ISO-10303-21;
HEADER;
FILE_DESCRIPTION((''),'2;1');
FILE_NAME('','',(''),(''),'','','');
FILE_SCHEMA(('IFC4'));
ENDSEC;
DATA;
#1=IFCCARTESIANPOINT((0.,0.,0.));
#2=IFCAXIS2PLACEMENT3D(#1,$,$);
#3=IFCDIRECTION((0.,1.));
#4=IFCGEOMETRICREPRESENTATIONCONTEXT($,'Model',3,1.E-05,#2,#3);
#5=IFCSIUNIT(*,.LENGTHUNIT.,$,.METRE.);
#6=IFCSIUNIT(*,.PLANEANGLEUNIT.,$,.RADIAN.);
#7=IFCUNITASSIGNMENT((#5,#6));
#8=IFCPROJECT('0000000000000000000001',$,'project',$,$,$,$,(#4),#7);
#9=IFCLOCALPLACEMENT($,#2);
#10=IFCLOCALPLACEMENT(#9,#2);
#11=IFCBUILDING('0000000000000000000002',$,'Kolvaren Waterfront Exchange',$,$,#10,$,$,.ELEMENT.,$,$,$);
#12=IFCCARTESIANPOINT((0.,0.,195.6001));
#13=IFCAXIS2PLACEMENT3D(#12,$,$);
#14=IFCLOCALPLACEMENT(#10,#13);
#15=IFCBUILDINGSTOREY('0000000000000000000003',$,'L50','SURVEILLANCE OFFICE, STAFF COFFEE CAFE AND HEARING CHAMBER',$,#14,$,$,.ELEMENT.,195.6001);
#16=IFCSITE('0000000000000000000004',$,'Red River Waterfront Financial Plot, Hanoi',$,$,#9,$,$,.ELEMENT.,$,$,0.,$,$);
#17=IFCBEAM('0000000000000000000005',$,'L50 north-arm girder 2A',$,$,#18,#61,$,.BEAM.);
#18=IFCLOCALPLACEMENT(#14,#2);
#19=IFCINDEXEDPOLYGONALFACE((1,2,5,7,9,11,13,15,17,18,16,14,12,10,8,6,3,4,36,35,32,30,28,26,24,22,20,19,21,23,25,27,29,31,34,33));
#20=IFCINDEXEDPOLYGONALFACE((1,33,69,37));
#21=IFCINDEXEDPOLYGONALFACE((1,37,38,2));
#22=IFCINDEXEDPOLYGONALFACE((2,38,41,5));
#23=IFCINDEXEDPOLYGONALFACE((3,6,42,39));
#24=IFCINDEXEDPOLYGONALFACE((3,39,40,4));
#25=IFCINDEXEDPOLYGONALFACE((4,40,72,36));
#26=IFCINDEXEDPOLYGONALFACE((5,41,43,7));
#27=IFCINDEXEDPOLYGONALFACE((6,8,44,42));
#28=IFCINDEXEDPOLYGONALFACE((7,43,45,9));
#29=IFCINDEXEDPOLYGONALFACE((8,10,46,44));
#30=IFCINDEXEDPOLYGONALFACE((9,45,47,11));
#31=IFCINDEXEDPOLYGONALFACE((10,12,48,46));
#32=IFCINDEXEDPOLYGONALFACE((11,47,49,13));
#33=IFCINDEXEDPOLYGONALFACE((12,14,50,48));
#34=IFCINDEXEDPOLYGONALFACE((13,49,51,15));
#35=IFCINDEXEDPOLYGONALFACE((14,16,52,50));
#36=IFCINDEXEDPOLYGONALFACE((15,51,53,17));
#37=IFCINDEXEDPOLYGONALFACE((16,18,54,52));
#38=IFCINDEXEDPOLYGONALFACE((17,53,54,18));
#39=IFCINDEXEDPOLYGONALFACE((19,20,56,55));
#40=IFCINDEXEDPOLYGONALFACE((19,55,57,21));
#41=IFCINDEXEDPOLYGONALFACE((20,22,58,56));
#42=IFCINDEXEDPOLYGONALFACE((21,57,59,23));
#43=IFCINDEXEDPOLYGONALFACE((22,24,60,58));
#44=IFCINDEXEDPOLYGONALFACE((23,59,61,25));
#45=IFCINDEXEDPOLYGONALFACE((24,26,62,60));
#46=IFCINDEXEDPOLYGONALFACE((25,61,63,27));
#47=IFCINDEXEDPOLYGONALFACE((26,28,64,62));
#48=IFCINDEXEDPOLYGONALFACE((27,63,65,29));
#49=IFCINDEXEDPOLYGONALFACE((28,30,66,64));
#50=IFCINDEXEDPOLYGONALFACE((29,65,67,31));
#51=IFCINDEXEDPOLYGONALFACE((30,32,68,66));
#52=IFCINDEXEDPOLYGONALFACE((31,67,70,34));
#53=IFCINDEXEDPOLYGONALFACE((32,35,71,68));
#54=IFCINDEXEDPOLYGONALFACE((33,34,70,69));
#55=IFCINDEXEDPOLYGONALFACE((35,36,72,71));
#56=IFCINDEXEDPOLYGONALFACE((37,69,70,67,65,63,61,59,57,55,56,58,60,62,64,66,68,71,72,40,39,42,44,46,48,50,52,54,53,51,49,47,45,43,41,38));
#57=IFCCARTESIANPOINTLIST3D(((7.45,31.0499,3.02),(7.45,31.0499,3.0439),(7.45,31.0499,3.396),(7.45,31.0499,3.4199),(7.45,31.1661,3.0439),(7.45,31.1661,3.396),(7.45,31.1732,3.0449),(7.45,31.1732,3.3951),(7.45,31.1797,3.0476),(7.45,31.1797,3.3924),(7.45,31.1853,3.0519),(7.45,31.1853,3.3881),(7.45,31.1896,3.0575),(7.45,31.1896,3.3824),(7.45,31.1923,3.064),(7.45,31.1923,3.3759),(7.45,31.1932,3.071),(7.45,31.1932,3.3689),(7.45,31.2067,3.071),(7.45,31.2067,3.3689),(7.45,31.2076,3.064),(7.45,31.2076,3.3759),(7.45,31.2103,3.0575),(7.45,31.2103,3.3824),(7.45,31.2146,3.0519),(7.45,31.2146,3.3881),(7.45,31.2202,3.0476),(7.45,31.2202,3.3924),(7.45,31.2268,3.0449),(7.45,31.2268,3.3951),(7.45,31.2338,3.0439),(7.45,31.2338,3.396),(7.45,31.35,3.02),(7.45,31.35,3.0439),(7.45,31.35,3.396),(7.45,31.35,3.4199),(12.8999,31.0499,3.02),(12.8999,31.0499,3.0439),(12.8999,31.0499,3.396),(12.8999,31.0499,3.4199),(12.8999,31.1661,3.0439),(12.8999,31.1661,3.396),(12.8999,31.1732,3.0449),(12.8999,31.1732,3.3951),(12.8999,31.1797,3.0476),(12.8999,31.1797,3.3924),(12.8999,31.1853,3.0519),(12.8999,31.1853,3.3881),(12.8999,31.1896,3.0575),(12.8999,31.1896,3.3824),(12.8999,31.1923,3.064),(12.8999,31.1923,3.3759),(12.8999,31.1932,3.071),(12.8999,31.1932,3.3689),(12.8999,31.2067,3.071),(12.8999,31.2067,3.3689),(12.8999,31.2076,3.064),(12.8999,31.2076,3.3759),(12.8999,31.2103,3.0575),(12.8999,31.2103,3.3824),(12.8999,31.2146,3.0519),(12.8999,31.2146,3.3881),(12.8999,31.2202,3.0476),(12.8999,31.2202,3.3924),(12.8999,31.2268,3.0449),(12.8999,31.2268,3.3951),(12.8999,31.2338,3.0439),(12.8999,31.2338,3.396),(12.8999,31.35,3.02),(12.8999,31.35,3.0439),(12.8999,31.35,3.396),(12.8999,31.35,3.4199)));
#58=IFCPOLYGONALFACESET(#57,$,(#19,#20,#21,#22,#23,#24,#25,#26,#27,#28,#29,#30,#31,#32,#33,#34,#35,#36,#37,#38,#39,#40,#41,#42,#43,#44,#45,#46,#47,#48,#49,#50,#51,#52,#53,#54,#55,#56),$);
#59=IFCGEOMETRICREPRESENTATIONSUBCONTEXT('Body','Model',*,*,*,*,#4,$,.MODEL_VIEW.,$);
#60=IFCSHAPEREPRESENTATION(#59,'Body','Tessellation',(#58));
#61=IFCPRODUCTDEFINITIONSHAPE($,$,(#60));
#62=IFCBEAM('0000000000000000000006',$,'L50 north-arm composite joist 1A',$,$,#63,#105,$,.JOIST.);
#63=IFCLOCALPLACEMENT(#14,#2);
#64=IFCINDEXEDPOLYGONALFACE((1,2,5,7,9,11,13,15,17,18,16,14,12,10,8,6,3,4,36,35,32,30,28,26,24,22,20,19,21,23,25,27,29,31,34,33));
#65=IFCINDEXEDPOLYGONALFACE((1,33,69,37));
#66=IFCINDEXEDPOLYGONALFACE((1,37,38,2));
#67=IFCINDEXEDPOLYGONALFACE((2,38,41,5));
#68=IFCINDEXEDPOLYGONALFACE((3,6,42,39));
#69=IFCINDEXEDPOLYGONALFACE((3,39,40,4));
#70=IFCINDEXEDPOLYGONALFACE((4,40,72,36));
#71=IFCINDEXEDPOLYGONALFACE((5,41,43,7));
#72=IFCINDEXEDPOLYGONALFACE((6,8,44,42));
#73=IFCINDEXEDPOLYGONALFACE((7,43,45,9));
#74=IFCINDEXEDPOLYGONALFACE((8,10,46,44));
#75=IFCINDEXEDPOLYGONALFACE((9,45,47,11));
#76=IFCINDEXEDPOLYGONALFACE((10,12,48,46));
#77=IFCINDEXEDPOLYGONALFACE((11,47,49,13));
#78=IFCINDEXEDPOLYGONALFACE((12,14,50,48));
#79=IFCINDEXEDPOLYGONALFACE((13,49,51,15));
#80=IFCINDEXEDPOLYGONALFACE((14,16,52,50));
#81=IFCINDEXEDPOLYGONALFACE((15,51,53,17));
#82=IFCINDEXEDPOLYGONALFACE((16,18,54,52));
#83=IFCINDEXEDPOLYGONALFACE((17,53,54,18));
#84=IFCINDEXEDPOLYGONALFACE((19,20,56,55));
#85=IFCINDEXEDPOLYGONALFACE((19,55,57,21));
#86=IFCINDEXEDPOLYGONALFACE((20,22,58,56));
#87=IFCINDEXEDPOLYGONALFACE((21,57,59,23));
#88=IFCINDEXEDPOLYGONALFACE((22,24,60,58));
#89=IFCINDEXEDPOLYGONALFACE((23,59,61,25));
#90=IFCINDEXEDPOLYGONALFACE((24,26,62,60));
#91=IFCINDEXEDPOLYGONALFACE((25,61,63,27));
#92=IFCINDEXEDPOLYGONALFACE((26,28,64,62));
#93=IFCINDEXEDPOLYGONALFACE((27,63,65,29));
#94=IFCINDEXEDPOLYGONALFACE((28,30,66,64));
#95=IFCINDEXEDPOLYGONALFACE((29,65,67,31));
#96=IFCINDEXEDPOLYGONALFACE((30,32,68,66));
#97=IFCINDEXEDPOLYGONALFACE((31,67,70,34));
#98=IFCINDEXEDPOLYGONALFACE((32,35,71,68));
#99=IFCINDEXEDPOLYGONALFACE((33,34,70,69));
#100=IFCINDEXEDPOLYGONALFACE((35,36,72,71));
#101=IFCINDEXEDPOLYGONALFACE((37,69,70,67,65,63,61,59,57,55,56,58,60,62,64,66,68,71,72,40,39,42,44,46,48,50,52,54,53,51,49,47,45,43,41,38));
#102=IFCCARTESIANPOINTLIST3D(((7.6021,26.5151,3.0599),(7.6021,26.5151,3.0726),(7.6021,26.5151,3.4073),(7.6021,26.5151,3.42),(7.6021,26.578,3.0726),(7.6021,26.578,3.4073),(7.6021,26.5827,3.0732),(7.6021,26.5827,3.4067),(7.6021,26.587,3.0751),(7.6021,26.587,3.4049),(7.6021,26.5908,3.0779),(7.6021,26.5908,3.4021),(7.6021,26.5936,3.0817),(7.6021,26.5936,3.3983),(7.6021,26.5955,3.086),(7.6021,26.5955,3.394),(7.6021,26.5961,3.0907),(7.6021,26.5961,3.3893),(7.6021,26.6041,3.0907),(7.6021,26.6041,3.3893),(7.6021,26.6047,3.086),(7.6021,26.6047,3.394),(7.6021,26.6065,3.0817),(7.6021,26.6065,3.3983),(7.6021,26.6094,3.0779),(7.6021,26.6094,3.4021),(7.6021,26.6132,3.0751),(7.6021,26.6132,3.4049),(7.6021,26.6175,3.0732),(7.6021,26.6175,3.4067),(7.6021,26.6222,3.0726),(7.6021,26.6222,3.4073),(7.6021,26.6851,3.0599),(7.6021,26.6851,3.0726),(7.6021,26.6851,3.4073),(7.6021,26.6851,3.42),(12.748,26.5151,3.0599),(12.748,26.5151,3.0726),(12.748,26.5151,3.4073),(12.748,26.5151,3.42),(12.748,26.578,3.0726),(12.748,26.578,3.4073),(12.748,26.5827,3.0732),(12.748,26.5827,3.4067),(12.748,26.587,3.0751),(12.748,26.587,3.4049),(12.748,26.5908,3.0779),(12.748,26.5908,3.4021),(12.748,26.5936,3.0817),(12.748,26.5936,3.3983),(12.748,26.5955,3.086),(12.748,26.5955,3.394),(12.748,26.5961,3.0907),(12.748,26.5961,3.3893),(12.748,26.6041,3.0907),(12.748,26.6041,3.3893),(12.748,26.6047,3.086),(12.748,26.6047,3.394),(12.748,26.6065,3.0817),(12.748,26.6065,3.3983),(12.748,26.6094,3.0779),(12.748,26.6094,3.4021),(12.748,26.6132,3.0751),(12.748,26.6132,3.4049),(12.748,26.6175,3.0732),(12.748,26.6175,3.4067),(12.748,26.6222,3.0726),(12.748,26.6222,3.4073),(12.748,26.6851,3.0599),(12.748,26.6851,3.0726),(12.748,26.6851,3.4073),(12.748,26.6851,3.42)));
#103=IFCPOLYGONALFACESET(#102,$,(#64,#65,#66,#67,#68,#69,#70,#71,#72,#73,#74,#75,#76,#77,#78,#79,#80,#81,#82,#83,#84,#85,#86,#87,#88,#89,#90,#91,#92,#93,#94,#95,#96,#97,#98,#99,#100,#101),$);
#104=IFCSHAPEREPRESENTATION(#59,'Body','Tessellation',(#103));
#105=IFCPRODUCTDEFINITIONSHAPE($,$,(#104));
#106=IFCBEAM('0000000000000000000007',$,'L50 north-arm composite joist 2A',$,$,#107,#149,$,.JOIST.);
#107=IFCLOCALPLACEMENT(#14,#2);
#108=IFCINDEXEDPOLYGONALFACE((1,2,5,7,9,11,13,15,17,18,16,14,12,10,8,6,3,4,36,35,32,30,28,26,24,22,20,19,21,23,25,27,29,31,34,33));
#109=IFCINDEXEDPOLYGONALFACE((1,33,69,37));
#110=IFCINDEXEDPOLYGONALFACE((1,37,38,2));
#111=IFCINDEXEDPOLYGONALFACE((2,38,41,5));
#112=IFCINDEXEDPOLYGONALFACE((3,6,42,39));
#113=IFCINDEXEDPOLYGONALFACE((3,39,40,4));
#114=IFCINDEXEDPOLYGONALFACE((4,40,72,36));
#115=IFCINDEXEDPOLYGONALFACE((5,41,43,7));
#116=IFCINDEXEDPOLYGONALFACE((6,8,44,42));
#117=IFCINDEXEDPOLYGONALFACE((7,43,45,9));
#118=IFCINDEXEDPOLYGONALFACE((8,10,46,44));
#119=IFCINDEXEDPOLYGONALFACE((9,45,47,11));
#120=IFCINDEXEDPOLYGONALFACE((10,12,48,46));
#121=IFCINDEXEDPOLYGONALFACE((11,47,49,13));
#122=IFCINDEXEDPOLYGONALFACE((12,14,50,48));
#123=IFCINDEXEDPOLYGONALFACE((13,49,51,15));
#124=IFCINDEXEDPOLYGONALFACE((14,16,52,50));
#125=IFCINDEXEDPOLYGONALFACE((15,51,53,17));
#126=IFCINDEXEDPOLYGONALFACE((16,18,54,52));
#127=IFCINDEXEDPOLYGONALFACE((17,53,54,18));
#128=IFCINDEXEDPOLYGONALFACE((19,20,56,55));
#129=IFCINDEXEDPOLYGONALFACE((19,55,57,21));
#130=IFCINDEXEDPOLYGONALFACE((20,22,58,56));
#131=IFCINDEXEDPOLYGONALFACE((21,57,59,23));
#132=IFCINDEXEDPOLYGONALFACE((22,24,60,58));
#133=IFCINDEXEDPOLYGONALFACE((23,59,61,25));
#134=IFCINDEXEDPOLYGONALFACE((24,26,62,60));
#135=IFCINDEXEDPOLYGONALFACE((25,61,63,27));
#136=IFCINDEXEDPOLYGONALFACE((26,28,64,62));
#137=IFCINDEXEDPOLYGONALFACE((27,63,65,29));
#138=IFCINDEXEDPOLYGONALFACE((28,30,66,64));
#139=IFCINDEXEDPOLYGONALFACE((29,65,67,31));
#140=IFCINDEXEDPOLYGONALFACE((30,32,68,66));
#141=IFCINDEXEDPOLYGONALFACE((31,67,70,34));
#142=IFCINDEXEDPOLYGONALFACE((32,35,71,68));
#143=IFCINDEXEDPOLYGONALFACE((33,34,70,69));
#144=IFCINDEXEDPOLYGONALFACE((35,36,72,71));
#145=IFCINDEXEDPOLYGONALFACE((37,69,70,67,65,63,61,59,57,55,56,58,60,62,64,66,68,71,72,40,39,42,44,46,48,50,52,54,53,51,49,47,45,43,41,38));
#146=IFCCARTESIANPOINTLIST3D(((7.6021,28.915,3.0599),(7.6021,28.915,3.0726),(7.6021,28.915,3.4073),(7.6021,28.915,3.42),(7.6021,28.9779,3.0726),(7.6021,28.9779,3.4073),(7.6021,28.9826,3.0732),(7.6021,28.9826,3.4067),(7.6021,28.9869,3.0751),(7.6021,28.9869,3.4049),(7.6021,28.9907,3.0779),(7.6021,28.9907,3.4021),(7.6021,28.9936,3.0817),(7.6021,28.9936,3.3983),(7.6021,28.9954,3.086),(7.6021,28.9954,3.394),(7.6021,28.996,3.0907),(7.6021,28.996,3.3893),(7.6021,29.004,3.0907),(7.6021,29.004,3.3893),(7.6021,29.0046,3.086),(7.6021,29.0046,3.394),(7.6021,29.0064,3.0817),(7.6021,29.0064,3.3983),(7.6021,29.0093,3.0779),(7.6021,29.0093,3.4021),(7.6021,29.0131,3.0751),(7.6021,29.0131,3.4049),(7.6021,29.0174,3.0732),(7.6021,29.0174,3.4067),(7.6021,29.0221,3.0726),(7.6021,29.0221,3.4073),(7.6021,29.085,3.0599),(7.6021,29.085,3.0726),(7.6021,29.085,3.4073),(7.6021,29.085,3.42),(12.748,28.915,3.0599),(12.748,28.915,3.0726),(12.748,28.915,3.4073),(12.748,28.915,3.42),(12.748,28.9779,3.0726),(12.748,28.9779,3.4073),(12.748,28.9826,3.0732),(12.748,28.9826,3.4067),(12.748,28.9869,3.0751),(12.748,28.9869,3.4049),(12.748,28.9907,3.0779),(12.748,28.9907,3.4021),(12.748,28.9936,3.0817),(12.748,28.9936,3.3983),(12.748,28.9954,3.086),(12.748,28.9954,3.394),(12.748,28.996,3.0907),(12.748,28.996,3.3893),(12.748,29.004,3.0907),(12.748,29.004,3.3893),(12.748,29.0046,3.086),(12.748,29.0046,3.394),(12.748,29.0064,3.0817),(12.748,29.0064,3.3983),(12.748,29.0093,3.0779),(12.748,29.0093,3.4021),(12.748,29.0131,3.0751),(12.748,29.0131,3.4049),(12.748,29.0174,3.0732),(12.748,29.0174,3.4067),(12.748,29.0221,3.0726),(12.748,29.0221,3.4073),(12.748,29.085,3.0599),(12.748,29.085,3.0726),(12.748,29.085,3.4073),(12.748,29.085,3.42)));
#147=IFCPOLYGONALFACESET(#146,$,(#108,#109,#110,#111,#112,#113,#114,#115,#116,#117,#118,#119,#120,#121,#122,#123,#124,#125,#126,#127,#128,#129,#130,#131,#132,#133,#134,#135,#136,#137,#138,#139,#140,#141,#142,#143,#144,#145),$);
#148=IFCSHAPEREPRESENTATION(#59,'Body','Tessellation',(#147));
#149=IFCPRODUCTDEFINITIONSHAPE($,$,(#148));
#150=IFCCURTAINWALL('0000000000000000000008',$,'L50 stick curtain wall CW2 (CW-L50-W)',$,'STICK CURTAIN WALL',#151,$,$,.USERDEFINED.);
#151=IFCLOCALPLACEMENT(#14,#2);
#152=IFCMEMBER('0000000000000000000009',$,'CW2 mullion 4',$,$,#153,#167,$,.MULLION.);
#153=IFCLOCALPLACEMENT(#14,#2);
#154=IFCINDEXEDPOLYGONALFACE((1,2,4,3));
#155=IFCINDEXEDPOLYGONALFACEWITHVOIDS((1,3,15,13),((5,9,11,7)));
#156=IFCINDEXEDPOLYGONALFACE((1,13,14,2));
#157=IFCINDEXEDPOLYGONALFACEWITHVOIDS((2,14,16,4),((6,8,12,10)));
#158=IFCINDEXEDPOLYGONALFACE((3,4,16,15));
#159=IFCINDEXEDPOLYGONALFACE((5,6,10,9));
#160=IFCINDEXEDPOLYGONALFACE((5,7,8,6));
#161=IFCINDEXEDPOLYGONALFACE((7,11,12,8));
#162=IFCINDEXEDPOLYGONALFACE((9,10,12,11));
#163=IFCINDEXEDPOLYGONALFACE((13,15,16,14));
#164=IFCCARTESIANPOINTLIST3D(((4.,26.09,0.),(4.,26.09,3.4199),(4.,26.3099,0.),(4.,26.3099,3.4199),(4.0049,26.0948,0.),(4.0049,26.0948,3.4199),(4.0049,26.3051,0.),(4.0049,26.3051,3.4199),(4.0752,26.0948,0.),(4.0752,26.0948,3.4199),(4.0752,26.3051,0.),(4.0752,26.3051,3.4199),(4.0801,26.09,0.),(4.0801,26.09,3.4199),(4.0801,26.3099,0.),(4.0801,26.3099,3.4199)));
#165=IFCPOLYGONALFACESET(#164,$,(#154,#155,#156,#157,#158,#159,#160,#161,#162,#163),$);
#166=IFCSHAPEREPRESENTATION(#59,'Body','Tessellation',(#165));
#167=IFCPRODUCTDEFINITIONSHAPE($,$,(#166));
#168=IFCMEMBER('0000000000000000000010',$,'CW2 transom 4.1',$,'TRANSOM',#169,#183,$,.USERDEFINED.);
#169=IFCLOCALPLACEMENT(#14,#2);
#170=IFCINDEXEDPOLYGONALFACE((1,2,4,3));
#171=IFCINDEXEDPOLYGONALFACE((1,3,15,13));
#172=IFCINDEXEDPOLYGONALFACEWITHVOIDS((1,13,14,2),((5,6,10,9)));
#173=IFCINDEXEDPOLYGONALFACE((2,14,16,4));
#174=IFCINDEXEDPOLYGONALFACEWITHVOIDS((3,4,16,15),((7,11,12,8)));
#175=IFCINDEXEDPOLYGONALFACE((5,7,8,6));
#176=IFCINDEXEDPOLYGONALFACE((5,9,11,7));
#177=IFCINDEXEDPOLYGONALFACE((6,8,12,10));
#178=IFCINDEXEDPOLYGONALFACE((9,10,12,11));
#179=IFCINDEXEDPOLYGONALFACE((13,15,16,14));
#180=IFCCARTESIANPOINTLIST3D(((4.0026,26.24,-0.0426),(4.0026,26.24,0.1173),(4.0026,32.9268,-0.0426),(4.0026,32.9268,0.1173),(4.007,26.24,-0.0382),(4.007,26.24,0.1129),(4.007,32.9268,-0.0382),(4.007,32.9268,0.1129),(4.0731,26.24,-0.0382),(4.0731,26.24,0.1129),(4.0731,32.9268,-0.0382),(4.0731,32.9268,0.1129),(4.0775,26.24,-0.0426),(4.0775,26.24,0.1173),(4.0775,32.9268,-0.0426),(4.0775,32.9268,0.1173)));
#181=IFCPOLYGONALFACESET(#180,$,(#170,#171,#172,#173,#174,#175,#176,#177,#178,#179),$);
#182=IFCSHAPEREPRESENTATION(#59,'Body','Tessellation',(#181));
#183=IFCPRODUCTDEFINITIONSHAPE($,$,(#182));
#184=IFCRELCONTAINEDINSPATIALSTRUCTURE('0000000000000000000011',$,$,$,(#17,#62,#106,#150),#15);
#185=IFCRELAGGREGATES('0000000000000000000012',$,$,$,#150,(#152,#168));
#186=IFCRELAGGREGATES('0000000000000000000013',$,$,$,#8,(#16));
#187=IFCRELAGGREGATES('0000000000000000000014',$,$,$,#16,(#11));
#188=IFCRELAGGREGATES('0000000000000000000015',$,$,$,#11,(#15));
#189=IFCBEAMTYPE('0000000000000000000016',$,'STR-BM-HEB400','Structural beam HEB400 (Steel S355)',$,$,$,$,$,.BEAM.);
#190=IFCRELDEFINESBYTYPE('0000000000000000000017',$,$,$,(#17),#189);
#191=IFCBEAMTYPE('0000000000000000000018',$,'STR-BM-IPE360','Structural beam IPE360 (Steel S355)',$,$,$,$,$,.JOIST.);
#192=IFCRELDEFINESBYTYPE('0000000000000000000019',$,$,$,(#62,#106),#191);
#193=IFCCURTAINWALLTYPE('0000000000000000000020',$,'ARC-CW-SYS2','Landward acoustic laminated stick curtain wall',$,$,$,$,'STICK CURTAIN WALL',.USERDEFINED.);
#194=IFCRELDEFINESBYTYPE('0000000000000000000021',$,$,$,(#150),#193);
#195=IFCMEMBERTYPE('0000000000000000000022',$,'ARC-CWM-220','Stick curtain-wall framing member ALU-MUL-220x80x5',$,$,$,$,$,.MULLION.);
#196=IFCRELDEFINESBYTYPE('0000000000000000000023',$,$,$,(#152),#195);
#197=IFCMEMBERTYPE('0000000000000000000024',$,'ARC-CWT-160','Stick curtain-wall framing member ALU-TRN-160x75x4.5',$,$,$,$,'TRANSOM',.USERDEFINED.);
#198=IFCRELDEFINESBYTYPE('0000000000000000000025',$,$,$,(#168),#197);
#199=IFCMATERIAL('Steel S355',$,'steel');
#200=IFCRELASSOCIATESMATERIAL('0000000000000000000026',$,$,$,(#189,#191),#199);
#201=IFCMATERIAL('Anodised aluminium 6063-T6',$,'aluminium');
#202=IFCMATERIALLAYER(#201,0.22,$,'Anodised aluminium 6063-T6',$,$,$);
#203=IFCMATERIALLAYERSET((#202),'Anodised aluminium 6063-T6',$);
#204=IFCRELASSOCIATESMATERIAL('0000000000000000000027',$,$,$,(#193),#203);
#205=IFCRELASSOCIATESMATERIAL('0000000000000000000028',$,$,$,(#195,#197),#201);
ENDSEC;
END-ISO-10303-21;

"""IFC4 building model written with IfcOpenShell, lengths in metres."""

from ifc_helpers import new_model, si_unit, direction, frame, origin, origin_with_axes, origin_2d, place, context, subcontext, project, spatial, hollow_rectangle, i_section, extrude, source, transform, mapped, material, layer, layer_set, material_profile, profile_set, type_object, element, aggregate, save


model = new_model("IFC4")

# Units and contexts
model_context = context("Model", 3, precision=1e-05, world=origin(), true_north=direction((0.0, 1.0)))
body_context = subcontext(model_context, "Body", "Model", "MODEL_VIEW")
ifc_project = project(units=[si_unit("LENGTHUNIT", "METRE"), si_unit("PLANEANGLEUNIT", "RADIAN")], contexts=[model_context])

# Site, building, storey
site_placement = place(None, origin())
site = spatial("IfcSite", under=ifc_project, at=site_placement, Name="Red River Waterfront Financial Plot, Hanoi", CompositionType="ELEMENT", RefElevation=0.0)
building_placement = place(site_placement, origin())
building = spatial("IfcBuilding", under=site, at=building_placement, Name="Kolvaren Waterfront Exchange", CompositionType="ELEMENT")
storey_placement = place(building_placement, frame((0.0, 0.0, 195.6001)))
storey = spatial("IfcBuildingStorey", under=building, at=storey_placement, Name="L50", Description="SURVEILLANCE OFFICE, STAFF COFFEE CAFE AND HEARING CHAMBER", CompositionType="ELEMENT", Elevation=195.6001)

# Beams
ifc_material_1 = material(Name="Steel S355", Category="steel")
ifc_material_profile_1 = material_profile(ifc_material_1, i_section(OverallWidth=0.3, OverallDepth=0.3999, WebThickness=0.0134, FlangeThickness=0.0239, FilletRadius=0.0271, at=origin_2d()), Name="HEB400")
ifc_profile_set_1 = profile_set([ifc_material_profile_1], Name="Steel S355")
beam_type_1 = type_object("IfcBeamType", Name="STR-BM-HEB400", Description="Structural beam HEB400 (Steel S355)", PredefinedType="BEAM", material=ifc_profile_set_1)
for number, where, z_axis, x_axis, name in (
    (1, (7.45, 31.2, 3.22), (1.0, 0.0, 0.0), (0.0, 1.0, 0.0), "L50 north-arm girder 2A"),
):
    element("IfcBeam", number, at=place(storey_placement, frame(where, z_axis=z_axis, x_axis=x_axis)), inside=storey, type_object=beam_type_1, Name=name, PredefinedType="BEAM", context=body_context, shape_type="SweptSolid", body=[
        extrude(i_section(OverallWidth=0.3, OverallDepth=0.3999, WebThickness=0.0134, FlangeThickness=0.0239, FilletRadius=0.0271, at=origin_2d()), origin(), (0.0, 0.0, 1.0), 5.45),
    ])
ifc_material_profile_2 = material_profile(ifc_material_1, i_section(OverallWidth=0.1699, OverallDepth=0.3601, WebThickness=0.0081, FlangeThickness=0.0127, FilletRadius=0.0181, at=origin_2d()), Name="IPE360")
ifc_profile_set_2 = profile_set([ifc_material_profile_2], Name="Steel S355")
beam_type_2 = type_object("IfcBeamType", Name="STR-BM-IPE360", Description="Structural beam IPE360 (Steel S355)", PredefinedType="JOIST", material=ifc_profile_set_2)
for number, where, z_axis, x_axis, name in (
    (2, (7.6021, 26.6001, 3.24), (1.0, 0.0, 0.0), (0.0, 1.0, 0.0), "L50 north-arm composite joist 1A"),
    (3, (7.6021, 29.0, 3.24), (1.0, 0.0, 0.0), (0.0, 1.0, 0.0), "L50 north-arm composite joist 2A"),
):
    element("IfcBeam", number, at=place(storey_placement, frame(where, z_axis=z_axis, x_axis=x_axis)), inside=storey, type_object=beam_type_2, Name=name, PredefinedType="JOIST", context=body_context, shape_type="SweptSolid", body=[
        extrude(i_section(OverallWidth=0.1699, OverallDepth=0.3601, WebThickness=0.0081, FlangeThickness=0.0127, FilletRadius=0.0181, at=origin_2d()), origin(), (0.0, 0.0, 1.0), 5.146),
    ])

# Curtain wall, members
ifc_material_2 = material(Name="Anodised aluminium 6063-T6", Category="aluminium")
ifc_layer_1 = layer(ifc_material_2, 0.22, Name="Anodised aluminium 6063-T6")
ifc_layer_set_1 = layer_set([ifc_layer_1], Name="Anodised aluminium 6063-T6")
curtain_wall_type = type_object("IfcCurtainWallType", Name="ARC-CW-SYS2", Description="Landward acoustic laminated stick curtain wall", ElementType="STICK CURTAIN WALL", PredefinedType="USERDEFINED", material=ifc_layer_set_1)
curtain_wall_placement = place(storey_placement, origin())
curtain_wall = element("IfcCurtainWall", 4, at=curtain_wall_placement, inside=storey, type_object=curtain_wall_type, Name="L50 stick curtain wall CW2 (CW-L50-W)", ObjectType="STICK CURTAIN WALL", PredefinedType="USERDEFINED")
ifc_material_profile_3 = material_profile(ifc_material_2, hollow_rectangle(XDim=0.0801, YDim=0.22, WallThickness=0.0049, at=origin_2d()), Name="ALU-MUL-220x80x5")
ifc_profile_set_3 = profile_set([ifc_material_profile_3], Name="Anodised aluminium 6063-T6")
member_type_1 = type_object("IfcMemberType", Name="ARC-CWM-220", Description="Stick curtain-wall framing member ALU-MUL-220x80x5", PredefinedType="MULLION", material=ifc_profile_set_3)
shared_shape_1 = source(origin_with_axes(), body_context, "Body", "SweptSolid", [
    extrude(hollow_rectangle(XDim=0.0801, YDim=0.22, WallThickness=0.0049, at=origin_2d()), origin(), (0.0, 0.0, 1.0), 3.4199),
])
member_1_placement = place(storey_placement, frame((4.04, 26.2, 0.0), z_axis=(0.0, 0.0, 1.0), x_axis=(-1.0, 0.0, 0.0)))
member_1 = element("IfcMember", 5, at=member_1_placement, type_object=member_type_1, Name="CW2 mullion 4", PredefinedType="MULLION", context=body_context, shape_type="MappedRepresentation", body=[
    mapped(shared_shape_1, transform((0.0, 0.0, 0.0), x_axis=(1.0, 0.0, 0.0), y_axis=(0.0, 1.0, 0.0), z_axis=(0.0, 0.0, 1.0), scale=1.0)),
])
ifc_material_profile_4 = material_profile(ifc_material_2, hollow_rectangle(XDim=0.075, YDim=0.1599, WallThickness=0.0044, at=origin_2d()), Name="ALU-TRN-160x75x4.5")
ifc_profile_set_4 = profile_set([ifc_material_profile_4], Name="Anodised aluminium 6063-T6")
member_type_2 = type_object("IfcMemberType", Name="ARC-CWT-160", Description="Stick curtain-wall framing member ALU-TRN-160x75x4.5", ElementType="TRANSOM", PredefinedType="USERDEFINED", material=ifc_profile_set_4)
shared_shape_2 = source(origin_with_axes(), body_context, "Body", "SweptSolid", [
    extrude(hollow_rectangle(XDim=0.075, YDim=0.1599, WallThickness=0.0044, at=origin_2d()), origin(), (0.0, 0.0, 1.0), 6.6868),
])
member_2_placement = place(storey_placement, frame((4.04, 26.24, 0.0374), z_axis=(0.0, 1.0, 0.0), x_axis=(-1.0, 0.0, 0.0)))
member_2 = element("IfcMember", 6, at=member_2_placement, type_object=member_type_2, Name="CW2 transom 4.1", ObjectType="TRANSOM", PredefinedType="USERDEFINED", context=body_context, shape_type="MappedRepresentation", body=[
    mapped(shared_shape_2, transform((0.0, 0.0, 0.0), x_axis=(1.0, 0.0, 0.0), y_axis=(0.0, 1.0, 0.0), z_axis=(0.0, 0.0, 1.0), scale=1.0)),
])
aggregate(curtain_wall, [member_1, member_2])

save(model, "model.ifc")
